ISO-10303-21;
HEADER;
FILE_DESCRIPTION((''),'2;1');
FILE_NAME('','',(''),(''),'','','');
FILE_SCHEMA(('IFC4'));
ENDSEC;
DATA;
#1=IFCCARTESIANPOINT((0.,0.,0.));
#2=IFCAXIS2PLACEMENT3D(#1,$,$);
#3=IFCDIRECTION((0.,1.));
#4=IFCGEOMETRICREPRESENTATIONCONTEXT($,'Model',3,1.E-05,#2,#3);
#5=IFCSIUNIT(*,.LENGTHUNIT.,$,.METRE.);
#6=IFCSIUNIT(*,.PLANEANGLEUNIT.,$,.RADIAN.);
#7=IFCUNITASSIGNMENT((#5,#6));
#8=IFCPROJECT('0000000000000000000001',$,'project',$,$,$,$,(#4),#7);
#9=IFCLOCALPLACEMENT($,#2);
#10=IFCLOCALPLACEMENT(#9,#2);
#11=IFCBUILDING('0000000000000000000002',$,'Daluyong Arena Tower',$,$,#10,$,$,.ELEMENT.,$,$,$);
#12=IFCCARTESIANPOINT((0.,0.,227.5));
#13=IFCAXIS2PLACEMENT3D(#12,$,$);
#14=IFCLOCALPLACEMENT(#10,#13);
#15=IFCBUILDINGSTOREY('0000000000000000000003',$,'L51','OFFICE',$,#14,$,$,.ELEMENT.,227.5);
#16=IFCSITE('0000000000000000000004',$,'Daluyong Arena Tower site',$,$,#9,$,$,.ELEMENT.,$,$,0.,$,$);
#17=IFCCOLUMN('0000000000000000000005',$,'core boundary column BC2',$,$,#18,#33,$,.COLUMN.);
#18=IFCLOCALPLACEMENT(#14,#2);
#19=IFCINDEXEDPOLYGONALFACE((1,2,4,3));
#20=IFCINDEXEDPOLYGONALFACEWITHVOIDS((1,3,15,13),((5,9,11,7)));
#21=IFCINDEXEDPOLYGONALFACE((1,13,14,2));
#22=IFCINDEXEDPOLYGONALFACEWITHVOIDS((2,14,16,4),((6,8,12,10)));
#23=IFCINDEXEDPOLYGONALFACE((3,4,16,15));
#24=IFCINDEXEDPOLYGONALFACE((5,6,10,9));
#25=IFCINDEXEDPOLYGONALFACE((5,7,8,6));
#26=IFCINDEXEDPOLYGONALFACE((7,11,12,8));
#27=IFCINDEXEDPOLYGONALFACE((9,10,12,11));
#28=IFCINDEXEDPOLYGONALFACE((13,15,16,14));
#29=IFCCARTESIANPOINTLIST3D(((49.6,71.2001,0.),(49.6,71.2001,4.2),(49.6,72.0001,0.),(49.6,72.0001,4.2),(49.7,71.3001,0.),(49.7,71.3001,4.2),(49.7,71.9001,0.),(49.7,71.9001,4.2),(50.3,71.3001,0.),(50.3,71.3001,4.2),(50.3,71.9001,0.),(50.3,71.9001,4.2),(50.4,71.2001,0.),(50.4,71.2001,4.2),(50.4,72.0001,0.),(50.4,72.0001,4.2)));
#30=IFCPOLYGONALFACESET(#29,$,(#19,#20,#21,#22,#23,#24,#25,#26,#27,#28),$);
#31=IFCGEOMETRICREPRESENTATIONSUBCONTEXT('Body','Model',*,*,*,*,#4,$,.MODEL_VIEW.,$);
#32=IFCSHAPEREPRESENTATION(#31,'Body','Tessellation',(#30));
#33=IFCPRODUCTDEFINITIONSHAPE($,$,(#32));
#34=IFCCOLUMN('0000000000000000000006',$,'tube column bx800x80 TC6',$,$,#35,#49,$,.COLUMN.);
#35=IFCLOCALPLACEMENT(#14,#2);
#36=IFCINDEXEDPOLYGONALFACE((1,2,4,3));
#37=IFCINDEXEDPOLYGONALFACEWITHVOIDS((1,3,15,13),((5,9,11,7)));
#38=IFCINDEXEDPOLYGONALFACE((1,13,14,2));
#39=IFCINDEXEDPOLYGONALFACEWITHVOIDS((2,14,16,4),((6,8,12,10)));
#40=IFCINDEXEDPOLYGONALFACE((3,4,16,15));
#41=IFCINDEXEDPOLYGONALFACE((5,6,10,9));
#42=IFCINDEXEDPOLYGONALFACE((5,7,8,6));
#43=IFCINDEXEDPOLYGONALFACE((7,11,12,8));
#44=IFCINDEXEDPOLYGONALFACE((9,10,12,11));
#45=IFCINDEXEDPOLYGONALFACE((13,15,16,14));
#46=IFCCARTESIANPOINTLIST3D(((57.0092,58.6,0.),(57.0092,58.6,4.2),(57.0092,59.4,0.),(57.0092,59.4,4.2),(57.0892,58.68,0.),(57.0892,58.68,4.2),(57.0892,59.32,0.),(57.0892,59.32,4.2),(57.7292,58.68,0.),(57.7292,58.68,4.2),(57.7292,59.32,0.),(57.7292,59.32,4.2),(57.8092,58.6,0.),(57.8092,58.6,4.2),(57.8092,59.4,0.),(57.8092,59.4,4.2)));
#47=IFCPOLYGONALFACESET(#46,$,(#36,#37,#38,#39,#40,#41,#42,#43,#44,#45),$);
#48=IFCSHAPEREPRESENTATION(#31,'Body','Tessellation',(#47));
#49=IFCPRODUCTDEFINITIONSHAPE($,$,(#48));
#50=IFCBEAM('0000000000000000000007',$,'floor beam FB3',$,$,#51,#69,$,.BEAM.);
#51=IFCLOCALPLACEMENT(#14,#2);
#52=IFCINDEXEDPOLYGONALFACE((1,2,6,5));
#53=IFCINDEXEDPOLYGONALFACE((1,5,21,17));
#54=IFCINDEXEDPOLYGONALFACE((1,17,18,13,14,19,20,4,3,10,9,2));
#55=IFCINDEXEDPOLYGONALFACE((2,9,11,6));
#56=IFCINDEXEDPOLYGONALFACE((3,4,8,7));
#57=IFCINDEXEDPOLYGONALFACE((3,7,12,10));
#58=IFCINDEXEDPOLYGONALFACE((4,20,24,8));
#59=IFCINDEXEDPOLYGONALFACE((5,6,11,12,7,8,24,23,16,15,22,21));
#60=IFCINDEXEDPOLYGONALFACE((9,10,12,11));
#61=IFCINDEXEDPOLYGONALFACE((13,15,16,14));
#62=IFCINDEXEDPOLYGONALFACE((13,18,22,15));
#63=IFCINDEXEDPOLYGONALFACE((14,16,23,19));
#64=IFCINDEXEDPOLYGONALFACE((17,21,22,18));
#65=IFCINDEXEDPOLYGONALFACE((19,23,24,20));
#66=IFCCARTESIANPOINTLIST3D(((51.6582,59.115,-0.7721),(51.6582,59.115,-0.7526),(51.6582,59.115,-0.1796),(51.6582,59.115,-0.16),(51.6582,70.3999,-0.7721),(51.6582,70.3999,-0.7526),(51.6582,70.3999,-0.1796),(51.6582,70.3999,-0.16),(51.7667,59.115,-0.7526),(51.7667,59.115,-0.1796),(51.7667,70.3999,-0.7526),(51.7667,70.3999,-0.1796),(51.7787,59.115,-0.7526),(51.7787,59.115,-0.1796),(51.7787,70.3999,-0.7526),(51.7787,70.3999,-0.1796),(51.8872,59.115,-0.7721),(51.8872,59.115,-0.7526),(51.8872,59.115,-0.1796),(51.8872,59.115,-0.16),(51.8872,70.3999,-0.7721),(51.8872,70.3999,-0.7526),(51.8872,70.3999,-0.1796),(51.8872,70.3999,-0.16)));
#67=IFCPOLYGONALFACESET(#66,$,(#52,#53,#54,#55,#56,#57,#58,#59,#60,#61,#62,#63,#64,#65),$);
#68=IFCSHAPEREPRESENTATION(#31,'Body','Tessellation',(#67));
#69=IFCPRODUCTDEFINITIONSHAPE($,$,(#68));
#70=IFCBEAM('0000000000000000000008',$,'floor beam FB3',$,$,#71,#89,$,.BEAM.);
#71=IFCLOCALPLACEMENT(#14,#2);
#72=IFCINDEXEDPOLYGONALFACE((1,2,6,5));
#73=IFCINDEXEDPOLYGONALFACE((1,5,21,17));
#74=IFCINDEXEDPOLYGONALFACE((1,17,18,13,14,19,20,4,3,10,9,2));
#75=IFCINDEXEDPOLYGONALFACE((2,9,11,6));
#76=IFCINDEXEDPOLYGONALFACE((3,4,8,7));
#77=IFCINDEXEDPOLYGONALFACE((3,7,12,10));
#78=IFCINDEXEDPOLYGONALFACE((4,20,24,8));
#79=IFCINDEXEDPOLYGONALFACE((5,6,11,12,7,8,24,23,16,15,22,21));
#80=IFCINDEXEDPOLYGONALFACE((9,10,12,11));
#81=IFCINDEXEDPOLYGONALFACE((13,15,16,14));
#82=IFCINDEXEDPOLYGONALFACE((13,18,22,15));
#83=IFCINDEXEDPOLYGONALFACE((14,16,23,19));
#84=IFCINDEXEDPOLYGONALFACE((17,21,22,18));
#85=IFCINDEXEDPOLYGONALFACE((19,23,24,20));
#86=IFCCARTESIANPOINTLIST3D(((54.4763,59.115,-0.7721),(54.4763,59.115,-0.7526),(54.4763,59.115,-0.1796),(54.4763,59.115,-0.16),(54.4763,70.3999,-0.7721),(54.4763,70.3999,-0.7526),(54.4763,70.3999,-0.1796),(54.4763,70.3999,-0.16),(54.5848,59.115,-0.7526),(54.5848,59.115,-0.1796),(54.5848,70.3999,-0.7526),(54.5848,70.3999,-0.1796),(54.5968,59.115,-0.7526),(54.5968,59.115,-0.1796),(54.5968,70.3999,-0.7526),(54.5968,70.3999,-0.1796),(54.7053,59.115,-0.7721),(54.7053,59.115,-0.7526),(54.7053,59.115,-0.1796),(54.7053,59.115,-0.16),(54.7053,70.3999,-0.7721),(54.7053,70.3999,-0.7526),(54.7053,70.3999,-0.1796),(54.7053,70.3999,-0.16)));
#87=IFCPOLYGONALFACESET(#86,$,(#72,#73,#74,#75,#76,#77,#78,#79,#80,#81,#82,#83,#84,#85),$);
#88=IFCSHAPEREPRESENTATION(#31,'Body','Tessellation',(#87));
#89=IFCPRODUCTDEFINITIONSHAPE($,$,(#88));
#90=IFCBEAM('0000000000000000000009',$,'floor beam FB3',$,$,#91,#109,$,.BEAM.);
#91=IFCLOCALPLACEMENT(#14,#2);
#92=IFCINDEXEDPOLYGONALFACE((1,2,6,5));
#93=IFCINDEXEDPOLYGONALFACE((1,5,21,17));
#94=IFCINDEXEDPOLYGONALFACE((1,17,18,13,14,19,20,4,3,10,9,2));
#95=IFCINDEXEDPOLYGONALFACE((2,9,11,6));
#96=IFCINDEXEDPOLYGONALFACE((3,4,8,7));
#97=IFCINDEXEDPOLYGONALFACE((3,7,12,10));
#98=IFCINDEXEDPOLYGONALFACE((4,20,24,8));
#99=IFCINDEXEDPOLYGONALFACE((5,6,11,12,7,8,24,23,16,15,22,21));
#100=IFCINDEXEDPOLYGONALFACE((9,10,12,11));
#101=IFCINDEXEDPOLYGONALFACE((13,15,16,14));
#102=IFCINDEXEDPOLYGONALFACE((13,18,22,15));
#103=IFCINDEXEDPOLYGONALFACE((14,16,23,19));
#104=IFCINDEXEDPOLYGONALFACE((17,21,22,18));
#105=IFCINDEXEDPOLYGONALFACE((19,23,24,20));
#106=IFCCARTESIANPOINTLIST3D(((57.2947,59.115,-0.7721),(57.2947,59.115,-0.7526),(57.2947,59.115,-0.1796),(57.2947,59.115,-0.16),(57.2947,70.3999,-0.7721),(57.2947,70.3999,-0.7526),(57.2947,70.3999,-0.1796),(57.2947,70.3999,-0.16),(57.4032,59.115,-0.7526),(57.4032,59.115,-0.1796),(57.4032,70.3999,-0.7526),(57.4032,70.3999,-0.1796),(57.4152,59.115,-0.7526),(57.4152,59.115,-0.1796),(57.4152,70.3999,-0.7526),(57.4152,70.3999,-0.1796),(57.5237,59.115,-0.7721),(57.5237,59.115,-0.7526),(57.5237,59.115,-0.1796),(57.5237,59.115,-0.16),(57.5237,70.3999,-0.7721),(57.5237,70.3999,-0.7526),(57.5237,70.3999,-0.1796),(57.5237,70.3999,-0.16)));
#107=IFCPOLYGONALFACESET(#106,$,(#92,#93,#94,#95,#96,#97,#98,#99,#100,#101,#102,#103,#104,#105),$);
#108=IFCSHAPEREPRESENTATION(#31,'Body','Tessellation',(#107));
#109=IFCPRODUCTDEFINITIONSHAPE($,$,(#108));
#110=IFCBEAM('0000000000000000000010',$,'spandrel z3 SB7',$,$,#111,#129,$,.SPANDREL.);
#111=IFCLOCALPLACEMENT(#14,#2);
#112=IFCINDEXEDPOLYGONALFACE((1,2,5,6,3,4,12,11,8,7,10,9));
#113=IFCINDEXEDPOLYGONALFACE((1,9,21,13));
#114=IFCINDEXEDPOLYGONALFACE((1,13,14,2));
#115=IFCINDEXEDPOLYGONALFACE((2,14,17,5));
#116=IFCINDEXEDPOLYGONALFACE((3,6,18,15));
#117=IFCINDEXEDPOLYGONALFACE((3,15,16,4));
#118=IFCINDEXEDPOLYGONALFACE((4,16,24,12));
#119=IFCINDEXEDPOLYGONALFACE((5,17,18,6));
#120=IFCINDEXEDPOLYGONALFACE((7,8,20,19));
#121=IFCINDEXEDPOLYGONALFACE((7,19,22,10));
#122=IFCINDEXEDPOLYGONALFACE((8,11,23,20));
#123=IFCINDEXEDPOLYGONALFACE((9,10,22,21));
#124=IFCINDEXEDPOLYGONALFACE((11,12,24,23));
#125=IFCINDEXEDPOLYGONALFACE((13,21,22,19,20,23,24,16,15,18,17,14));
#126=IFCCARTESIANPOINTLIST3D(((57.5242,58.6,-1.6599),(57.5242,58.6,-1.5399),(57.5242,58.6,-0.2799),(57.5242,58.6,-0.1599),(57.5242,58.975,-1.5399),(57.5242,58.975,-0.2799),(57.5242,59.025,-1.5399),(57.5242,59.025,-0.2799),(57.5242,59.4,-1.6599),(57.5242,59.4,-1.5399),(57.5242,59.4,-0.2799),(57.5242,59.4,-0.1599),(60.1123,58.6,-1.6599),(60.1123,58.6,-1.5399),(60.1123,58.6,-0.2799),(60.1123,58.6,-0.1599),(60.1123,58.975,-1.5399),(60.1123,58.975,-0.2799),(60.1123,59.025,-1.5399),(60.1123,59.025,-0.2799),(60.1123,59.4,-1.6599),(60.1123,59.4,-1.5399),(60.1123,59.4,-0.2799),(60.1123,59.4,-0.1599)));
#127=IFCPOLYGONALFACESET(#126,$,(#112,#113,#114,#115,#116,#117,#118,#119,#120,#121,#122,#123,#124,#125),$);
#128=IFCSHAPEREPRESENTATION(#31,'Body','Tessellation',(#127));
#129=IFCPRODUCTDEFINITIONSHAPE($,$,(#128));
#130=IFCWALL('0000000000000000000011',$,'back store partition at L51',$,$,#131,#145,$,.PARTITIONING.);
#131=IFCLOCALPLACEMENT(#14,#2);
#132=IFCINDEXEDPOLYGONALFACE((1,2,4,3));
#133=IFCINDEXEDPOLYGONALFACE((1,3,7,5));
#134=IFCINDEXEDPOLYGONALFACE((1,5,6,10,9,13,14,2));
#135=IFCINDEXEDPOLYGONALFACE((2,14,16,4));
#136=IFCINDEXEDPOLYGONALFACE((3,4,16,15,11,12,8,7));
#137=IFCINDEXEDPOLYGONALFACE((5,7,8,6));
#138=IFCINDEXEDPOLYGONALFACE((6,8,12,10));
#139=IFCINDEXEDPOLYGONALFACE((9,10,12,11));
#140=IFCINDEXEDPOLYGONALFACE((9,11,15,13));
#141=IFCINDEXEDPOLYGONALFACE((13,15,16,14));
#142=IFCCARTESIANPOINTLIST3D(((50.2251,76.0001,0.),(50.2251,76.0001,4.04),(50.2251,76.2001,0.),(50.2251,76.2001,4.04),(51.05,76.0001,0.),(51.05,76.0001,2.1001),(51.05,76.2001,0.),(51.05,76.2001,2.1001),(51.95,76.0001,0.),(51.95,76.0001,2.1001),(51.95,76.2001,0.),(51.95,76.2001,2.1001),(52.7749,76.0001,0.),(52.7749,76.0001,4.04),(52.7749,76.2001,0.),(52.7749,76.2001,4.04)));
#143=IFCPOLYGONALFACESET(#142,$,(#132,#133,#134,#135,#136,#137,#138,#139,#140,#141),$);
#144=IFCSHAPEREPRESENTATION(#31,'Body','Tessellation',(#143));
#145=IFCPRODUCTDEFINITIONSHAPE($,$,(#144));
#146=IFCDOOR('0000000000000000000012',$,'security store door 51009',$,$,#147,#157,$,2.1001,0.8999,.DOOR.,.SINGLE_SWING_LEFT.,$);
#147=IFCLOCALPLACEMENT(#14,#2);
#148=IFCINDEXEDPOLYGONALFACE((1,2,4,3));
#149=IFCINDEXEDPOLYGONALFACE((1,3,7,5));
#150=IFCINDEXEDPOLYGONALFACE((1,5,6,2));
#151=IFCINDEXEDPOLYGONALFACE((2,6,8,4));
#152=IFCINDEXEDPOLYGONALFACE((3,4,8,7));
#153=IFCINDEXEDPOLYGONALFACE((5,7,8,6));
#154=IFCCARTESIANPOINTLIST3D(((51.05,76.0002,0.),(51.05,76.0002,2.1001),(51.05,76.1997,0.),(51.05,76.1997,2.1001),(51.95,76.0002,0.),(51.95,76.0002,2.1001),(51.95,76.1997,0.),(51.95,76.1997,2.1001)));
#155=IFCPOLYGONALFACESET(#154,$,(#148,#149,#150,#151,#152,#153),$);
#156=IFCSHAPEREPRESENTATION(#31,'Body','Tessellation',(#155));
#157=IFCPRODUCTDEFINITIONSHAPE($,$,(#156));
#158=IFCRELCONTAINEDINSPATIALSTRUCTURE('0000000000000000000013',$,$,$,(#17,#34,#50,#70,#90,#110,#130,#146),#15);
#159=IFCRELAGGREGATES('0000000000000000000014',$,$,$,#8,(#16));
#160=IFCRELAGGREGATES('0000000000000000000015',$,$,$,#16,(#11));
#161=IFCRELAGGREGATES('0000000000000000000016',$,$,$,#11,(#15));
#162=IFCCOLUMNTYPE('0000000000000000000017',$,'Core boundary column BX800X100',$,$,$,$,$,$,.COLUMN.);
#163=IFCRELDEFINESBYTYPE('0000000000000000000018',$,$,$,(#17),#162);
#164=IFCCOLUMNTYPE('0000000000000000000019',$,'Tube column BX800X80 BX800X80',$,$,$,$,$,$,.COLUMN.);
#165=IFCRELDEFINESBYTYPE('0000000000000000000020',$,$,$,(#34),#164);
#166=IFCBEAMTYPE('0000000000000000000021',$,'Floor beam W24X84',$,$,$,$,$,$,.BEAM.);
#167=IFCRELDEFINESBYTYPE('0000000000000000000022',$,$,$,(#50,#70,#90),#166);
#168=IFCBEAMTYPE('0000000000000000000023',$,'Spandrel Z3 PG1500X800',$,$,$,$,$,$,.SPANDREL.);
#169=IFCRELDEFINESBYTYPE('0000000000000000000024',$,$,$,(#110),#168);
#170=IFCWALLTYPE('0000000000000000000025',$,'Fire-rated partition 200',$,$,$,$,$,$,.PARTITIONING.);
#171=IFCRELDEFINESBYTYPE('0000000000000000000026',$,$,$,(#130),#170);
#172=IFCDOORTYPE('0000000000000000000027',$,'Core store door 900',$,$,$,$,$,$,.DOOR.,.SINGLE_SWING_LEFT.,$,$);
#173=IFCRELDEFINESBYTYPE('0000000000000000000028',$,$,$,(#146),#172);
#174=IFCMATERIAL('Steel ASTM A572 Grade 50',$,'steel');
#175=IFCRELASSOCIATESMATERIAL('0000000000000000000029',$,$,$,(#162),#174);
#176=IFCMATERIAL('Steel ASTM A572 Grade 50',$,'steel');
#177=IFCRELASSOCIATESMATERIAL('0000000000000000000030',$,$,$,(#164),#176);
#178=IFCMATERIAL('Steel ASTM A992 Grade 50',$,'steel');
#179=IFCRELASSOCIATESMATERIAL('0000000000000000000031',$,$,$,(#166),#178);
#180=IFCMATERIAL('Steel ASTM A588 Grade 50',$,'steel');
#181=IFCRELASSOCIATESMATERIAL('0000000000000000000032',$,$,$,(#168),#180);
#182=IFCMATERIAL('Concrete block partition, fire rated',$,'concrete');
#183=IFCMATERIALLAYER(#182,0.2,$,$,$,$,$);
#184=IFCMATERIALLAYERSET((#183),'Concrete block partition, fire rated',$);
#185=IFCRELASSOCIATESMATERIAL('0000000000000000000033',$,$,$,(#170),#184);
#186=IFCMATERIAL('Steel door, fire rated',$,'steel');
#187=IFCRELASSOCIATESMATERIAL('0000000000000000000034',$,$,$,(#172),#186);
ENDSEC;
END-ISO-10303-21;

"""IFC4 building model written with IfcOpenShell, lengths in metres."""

from ifc_helpers import new_model, si_unit, direction, frame, frame_2d, origin, origin_2d, place, context, subcontext, project, spatial, rectangle, hollow_rectangle, i_section, extrude, material, layer, layer_set, material_profile, profile_set, type_object, element, fill, save


model = new_model("IFC4")

# Units and contexts
model_context = context("Model", 3, precision=1e-05, world=origin(), true_north=direction((0.0, 1.0)))
body_context = subcontext(model_context, "Body", "Model", "MODEL_VIEW")
ifc_project = project(units=[si_unit("LENGTHUNIT", "METRE"), si_unit("PLANEANGLEUNIT", "RADIAN")], contexts=[model_context])

# Site, building, storey
site_placement = place(None, origin())
site = spatial("IfcSite", under=ifc_project, at=site_placement, Name="Daluyong Arena Tower site", CompositionType="ELEMENT", RefElevation=0.0)
building_placement = place(site_placement, origin())
building = spatial("IfcBuilding", under=site, at=building_placement, Name="Daluyong Arena Tower", CompositionType="ELEMENT")
storey_placement = place(building_placement, frame((0.0, 0.0, 227.5)))
storey = spatial("IfcBuildingStorey", under=building, at=storey_placement, Name="L51", Description="OFFICE", CompositionType="ELEMENT", Elevation=227.5)

# Columns
ifc_material_1 = material(Name="Steel ASTM A572 Grade 50", Category="steel")
ifc_material_profile_1 = material_profile(ifc_material_1, hollow_rectangle(XDim=0.8, YDim=0.8, WallThickness=0.1, at=origin_2d()))
ifc_profile_set_1 = profile_set([ifc_material_profile_1], Name="Steel ASTM A572 Grade 50")
column_type_1 = type_object("IfcColumnType", Name="Core boundary column BX800X100", PredefinedType="COLUMN", material=ifc_profile_set_1)
column_1_placement = place(storey_placement, frame((50.0, 71.6001, 0.0), z_axis=(0.0, 0.0, 1.0), x_axis=(1.0, 0.0, 0.0)))
element("IfcColumn", 1, at=column_1_placement, inside=storey, type_object=column_type_1, Name="core boundary column BC2", PredefinedType="COLUMN", context=body_context, shape_type="SweptSolid", body=[
    extrude(hollow_rectangle(XDim=0.8, YDim=0.8, WallThickness=0.1, at=origin_2d()), origin(), (0.0, 0.0, 1.0), 4.2),
])
ifc_material_2 = material(Name="Steel ASTM A572 Grade 50", Category="steel")
ifc_material_profile_2 = material_profile(ifc_material_2, hollow_rectangle(XDim=0.8, YDim=0.8, WallThickness=0.08, at=origin_2d()))
ifc_profile_set_2 = profile_set([ifc_material_profile_2], Name="Steel ASTM A572 Grade 50")
column_type_2 = type_object("IfcColumnType", Name="Tube column BX800X80 BX800X80", PredefinedType="COLUMN", material=ifc_profile_set_2)
column_2_placement = place(storey_placement, frame((57.4092, 59.0, 0.0), z_axis=(0.0, 0.0, 1.0), x_axis=(1.0, 0.0, 0.0)))
element("IfcColumn", 2, at=column_2_placement, inside=storey, type_object=column_type_2, Name="tube column bx800x80 TC6", PredefinedType="COLUMN", context=body_context, shape_type="SweptSolid", body=[
    extrude(hollow_rectangle(XDim=0.8, YDim=0.8, WallThickness=0.08, at=origin_2d()), origin(), (0.0, 0.0, 1.0), 4.2),
])

# Beams
ifc_material_3 = material(Name="Steel ASTM A992 Grade 50", Category="steel")
ifc_material_profile_3 = material_profile(ifc_material_3, i_section(OverallWidth=0.229, OverallDepth=0.6121, WebThickness=0.012, FlangeThickness=0.0195, at=origin_2d()))
ifc_profile_set_3 = profile_set([ifc_material_profile_3], Name="Steel ASTM A992 Grade 50")
beam_type_1 = type_object("IfcBeamType", Name="Floor beam W24X84", PredefinedType="BEAM", material=ifc_profile_set_3)
for number, where, z_axis, x_axis, name in (
    (3, (51.7727, 59.115, -0.4661), (0.0, 1.0, 0.0), (-1.0, 0.0, 0.0), "floor beam FB3"),
    (4, (54.5908, 59.115, -0.4661), (0.0, 1.0, 0.0), (-1.0, 0.0, 0.0), "floor beam FB3"),
    (5, (57.4092, 59.115, -0.4661), (0.0, 1.0, 0.0), (-1.0, 0.0, 0.0), "floor beam FB3"),
):
    element("IfcBeam", number, at=place(storey_placement, frame(where, z_axis=z_axis, x_axis=x_axis)), inside=storey, type_object=beam_type_1, Name=name, PredefinedType="BEAM", context=body_context, shape_type="SweptSolid", body=[
        extrude(i_section(OverallWidth=0.229, OverallDepth=0.6121, WebThickness=0.012, FlangeThickness=0.0195, at=origin_2d()), origin(), (0.0, 0.0, 1.0), 11.2849),
    ])
ifc_material_4 = material(Name="Steel ASTM A588 Grade 50", Category="steel")
ifc_material_profile_4 = material_profile(ifc_material_4, i_section(OverallWidth=0.8, OverallDepth=1.5, WebThickness=0.05, FlangeThickness=0.12, at=origin_2d()))
ifc_profile_set_4 = profile_set([ifc_material_profile_4], Name="Steel ASTM A588 Grade 50")
beam_type_2 = type_object("IfcBeamType", Name="Spandrel Z3 PG1500X800", PredefinedType="SPANDREL", material=ifc_profile_set_4)
beam_placement = place(storey_placement, frame((57.5242, 59.0, -0.9099), z_axis=(1.0, 0.0, 0.0), x_axis=(0.0, 1.0, 0.0)))
element("IfcBeam", 6, at=beam_placement, inside=storey, type_object=beam_type_2, Name="spandrel z3 SB7", PredefinedType="SPANDREL", context=body_context, shape_type="SweptSolid", body=[
    extrude(i_section(OverallWidth=0.8, OverallDepth=1.5, WebThickness=0.05, FlangeThickness=0.12, at=origin_2d()), origin(), (0.0, 0.0, 1.0), 2.5881),
])

# Wall, opening, door
ifc_material_5 = material(Name="Concrete block partition, fire rated", Category="concrete")
ifc_layer_1 = layer(ifc_material_5, 0.2)
ifc_layer_set_1 = layer_set([ifc_layer_1], Name="Concrete block partition, fire rated")
wall_type_1 = type_object("IfcWallType", Name="Fire-rated partition 200", PredefinedType="PARTITIONING", material=ifc_layer_set_1)
wall_1_placement = place(storey_placement, frame((50.2251, 76.1001, 0.0), z_axis=(0.0, 0.0, 1.0), x_axis=(1.0, 0.0, 0.0)))
wall_1 = element("IfcWall", 7, at=wall_1_placement, inside=storey, type_object=wall_type_1, Name="back store partition at L51", PredefinedType="PARTITIONING", context=body_context, shape_type="SweptSolid", body=[
    extrude(rectangle(XDim=2.5498, YDim=0.2, at=frame_2d((1.2749, 0.0))), origin(), (0.0, 0.0, 1.0), 4.04),
])
opening_1_placement = place(wall_1_placement, frame((0.825, 0.0, 0.0)))
opening_1 = element("IfcOpeningElement", 8, at=opening_1_placement, cuts=wall_1, PredefinedType="OPENING", context=body_context, shape_type="SweptSolid", body=[
    extrude(rectangle(XDim=0.8999, YDim=2.1001, at=frame_2d((0.45, 1.05))), frame((0.0, 0.1099, 0.0), z_axis=(0.0, -1.0, 0.0), x_axis=(1.0, 0.0, 0.0)), (0.0, 0.0, 1.0), 0.22),
])
ifc_material_6 = material(Name="Steel door, fire rated", Category="steel")
door_type_1 = type_object("IfcDoorType", Name="Core store door 900", OperationType="SINGLE_SWING_LEFT", PredefinedType="DOOR", material=ifc_material_6)
door_1_placement = place(opening_1_placement, origin())
door_1 = element("IfcDoor", 9, at=door_1_placement, inside=storey, type_object=door_type_1, Name="security store door 51009", OperationType="SINGLE_SWING_LEFT", OverallHeight=2.1001, OverallWidth=0.8999, PredefinedType="DOOR", context=body_context, shape_type="SweptSolid", body=[
    extrude(rectangle(XDim=0.8999, YDim=2.1001, at=frame_2d((0.45, 1.05))), frame((0.0, 0.0996, 0.0), z_axis=(0.0, -1.0, 0.0), x_axis=(1.0, 0.0, 0.0)), (0.0, 0.0, 1.0), 0.1995),
])
fill(opening_1, door_1)

save(model, "model.ifc")
